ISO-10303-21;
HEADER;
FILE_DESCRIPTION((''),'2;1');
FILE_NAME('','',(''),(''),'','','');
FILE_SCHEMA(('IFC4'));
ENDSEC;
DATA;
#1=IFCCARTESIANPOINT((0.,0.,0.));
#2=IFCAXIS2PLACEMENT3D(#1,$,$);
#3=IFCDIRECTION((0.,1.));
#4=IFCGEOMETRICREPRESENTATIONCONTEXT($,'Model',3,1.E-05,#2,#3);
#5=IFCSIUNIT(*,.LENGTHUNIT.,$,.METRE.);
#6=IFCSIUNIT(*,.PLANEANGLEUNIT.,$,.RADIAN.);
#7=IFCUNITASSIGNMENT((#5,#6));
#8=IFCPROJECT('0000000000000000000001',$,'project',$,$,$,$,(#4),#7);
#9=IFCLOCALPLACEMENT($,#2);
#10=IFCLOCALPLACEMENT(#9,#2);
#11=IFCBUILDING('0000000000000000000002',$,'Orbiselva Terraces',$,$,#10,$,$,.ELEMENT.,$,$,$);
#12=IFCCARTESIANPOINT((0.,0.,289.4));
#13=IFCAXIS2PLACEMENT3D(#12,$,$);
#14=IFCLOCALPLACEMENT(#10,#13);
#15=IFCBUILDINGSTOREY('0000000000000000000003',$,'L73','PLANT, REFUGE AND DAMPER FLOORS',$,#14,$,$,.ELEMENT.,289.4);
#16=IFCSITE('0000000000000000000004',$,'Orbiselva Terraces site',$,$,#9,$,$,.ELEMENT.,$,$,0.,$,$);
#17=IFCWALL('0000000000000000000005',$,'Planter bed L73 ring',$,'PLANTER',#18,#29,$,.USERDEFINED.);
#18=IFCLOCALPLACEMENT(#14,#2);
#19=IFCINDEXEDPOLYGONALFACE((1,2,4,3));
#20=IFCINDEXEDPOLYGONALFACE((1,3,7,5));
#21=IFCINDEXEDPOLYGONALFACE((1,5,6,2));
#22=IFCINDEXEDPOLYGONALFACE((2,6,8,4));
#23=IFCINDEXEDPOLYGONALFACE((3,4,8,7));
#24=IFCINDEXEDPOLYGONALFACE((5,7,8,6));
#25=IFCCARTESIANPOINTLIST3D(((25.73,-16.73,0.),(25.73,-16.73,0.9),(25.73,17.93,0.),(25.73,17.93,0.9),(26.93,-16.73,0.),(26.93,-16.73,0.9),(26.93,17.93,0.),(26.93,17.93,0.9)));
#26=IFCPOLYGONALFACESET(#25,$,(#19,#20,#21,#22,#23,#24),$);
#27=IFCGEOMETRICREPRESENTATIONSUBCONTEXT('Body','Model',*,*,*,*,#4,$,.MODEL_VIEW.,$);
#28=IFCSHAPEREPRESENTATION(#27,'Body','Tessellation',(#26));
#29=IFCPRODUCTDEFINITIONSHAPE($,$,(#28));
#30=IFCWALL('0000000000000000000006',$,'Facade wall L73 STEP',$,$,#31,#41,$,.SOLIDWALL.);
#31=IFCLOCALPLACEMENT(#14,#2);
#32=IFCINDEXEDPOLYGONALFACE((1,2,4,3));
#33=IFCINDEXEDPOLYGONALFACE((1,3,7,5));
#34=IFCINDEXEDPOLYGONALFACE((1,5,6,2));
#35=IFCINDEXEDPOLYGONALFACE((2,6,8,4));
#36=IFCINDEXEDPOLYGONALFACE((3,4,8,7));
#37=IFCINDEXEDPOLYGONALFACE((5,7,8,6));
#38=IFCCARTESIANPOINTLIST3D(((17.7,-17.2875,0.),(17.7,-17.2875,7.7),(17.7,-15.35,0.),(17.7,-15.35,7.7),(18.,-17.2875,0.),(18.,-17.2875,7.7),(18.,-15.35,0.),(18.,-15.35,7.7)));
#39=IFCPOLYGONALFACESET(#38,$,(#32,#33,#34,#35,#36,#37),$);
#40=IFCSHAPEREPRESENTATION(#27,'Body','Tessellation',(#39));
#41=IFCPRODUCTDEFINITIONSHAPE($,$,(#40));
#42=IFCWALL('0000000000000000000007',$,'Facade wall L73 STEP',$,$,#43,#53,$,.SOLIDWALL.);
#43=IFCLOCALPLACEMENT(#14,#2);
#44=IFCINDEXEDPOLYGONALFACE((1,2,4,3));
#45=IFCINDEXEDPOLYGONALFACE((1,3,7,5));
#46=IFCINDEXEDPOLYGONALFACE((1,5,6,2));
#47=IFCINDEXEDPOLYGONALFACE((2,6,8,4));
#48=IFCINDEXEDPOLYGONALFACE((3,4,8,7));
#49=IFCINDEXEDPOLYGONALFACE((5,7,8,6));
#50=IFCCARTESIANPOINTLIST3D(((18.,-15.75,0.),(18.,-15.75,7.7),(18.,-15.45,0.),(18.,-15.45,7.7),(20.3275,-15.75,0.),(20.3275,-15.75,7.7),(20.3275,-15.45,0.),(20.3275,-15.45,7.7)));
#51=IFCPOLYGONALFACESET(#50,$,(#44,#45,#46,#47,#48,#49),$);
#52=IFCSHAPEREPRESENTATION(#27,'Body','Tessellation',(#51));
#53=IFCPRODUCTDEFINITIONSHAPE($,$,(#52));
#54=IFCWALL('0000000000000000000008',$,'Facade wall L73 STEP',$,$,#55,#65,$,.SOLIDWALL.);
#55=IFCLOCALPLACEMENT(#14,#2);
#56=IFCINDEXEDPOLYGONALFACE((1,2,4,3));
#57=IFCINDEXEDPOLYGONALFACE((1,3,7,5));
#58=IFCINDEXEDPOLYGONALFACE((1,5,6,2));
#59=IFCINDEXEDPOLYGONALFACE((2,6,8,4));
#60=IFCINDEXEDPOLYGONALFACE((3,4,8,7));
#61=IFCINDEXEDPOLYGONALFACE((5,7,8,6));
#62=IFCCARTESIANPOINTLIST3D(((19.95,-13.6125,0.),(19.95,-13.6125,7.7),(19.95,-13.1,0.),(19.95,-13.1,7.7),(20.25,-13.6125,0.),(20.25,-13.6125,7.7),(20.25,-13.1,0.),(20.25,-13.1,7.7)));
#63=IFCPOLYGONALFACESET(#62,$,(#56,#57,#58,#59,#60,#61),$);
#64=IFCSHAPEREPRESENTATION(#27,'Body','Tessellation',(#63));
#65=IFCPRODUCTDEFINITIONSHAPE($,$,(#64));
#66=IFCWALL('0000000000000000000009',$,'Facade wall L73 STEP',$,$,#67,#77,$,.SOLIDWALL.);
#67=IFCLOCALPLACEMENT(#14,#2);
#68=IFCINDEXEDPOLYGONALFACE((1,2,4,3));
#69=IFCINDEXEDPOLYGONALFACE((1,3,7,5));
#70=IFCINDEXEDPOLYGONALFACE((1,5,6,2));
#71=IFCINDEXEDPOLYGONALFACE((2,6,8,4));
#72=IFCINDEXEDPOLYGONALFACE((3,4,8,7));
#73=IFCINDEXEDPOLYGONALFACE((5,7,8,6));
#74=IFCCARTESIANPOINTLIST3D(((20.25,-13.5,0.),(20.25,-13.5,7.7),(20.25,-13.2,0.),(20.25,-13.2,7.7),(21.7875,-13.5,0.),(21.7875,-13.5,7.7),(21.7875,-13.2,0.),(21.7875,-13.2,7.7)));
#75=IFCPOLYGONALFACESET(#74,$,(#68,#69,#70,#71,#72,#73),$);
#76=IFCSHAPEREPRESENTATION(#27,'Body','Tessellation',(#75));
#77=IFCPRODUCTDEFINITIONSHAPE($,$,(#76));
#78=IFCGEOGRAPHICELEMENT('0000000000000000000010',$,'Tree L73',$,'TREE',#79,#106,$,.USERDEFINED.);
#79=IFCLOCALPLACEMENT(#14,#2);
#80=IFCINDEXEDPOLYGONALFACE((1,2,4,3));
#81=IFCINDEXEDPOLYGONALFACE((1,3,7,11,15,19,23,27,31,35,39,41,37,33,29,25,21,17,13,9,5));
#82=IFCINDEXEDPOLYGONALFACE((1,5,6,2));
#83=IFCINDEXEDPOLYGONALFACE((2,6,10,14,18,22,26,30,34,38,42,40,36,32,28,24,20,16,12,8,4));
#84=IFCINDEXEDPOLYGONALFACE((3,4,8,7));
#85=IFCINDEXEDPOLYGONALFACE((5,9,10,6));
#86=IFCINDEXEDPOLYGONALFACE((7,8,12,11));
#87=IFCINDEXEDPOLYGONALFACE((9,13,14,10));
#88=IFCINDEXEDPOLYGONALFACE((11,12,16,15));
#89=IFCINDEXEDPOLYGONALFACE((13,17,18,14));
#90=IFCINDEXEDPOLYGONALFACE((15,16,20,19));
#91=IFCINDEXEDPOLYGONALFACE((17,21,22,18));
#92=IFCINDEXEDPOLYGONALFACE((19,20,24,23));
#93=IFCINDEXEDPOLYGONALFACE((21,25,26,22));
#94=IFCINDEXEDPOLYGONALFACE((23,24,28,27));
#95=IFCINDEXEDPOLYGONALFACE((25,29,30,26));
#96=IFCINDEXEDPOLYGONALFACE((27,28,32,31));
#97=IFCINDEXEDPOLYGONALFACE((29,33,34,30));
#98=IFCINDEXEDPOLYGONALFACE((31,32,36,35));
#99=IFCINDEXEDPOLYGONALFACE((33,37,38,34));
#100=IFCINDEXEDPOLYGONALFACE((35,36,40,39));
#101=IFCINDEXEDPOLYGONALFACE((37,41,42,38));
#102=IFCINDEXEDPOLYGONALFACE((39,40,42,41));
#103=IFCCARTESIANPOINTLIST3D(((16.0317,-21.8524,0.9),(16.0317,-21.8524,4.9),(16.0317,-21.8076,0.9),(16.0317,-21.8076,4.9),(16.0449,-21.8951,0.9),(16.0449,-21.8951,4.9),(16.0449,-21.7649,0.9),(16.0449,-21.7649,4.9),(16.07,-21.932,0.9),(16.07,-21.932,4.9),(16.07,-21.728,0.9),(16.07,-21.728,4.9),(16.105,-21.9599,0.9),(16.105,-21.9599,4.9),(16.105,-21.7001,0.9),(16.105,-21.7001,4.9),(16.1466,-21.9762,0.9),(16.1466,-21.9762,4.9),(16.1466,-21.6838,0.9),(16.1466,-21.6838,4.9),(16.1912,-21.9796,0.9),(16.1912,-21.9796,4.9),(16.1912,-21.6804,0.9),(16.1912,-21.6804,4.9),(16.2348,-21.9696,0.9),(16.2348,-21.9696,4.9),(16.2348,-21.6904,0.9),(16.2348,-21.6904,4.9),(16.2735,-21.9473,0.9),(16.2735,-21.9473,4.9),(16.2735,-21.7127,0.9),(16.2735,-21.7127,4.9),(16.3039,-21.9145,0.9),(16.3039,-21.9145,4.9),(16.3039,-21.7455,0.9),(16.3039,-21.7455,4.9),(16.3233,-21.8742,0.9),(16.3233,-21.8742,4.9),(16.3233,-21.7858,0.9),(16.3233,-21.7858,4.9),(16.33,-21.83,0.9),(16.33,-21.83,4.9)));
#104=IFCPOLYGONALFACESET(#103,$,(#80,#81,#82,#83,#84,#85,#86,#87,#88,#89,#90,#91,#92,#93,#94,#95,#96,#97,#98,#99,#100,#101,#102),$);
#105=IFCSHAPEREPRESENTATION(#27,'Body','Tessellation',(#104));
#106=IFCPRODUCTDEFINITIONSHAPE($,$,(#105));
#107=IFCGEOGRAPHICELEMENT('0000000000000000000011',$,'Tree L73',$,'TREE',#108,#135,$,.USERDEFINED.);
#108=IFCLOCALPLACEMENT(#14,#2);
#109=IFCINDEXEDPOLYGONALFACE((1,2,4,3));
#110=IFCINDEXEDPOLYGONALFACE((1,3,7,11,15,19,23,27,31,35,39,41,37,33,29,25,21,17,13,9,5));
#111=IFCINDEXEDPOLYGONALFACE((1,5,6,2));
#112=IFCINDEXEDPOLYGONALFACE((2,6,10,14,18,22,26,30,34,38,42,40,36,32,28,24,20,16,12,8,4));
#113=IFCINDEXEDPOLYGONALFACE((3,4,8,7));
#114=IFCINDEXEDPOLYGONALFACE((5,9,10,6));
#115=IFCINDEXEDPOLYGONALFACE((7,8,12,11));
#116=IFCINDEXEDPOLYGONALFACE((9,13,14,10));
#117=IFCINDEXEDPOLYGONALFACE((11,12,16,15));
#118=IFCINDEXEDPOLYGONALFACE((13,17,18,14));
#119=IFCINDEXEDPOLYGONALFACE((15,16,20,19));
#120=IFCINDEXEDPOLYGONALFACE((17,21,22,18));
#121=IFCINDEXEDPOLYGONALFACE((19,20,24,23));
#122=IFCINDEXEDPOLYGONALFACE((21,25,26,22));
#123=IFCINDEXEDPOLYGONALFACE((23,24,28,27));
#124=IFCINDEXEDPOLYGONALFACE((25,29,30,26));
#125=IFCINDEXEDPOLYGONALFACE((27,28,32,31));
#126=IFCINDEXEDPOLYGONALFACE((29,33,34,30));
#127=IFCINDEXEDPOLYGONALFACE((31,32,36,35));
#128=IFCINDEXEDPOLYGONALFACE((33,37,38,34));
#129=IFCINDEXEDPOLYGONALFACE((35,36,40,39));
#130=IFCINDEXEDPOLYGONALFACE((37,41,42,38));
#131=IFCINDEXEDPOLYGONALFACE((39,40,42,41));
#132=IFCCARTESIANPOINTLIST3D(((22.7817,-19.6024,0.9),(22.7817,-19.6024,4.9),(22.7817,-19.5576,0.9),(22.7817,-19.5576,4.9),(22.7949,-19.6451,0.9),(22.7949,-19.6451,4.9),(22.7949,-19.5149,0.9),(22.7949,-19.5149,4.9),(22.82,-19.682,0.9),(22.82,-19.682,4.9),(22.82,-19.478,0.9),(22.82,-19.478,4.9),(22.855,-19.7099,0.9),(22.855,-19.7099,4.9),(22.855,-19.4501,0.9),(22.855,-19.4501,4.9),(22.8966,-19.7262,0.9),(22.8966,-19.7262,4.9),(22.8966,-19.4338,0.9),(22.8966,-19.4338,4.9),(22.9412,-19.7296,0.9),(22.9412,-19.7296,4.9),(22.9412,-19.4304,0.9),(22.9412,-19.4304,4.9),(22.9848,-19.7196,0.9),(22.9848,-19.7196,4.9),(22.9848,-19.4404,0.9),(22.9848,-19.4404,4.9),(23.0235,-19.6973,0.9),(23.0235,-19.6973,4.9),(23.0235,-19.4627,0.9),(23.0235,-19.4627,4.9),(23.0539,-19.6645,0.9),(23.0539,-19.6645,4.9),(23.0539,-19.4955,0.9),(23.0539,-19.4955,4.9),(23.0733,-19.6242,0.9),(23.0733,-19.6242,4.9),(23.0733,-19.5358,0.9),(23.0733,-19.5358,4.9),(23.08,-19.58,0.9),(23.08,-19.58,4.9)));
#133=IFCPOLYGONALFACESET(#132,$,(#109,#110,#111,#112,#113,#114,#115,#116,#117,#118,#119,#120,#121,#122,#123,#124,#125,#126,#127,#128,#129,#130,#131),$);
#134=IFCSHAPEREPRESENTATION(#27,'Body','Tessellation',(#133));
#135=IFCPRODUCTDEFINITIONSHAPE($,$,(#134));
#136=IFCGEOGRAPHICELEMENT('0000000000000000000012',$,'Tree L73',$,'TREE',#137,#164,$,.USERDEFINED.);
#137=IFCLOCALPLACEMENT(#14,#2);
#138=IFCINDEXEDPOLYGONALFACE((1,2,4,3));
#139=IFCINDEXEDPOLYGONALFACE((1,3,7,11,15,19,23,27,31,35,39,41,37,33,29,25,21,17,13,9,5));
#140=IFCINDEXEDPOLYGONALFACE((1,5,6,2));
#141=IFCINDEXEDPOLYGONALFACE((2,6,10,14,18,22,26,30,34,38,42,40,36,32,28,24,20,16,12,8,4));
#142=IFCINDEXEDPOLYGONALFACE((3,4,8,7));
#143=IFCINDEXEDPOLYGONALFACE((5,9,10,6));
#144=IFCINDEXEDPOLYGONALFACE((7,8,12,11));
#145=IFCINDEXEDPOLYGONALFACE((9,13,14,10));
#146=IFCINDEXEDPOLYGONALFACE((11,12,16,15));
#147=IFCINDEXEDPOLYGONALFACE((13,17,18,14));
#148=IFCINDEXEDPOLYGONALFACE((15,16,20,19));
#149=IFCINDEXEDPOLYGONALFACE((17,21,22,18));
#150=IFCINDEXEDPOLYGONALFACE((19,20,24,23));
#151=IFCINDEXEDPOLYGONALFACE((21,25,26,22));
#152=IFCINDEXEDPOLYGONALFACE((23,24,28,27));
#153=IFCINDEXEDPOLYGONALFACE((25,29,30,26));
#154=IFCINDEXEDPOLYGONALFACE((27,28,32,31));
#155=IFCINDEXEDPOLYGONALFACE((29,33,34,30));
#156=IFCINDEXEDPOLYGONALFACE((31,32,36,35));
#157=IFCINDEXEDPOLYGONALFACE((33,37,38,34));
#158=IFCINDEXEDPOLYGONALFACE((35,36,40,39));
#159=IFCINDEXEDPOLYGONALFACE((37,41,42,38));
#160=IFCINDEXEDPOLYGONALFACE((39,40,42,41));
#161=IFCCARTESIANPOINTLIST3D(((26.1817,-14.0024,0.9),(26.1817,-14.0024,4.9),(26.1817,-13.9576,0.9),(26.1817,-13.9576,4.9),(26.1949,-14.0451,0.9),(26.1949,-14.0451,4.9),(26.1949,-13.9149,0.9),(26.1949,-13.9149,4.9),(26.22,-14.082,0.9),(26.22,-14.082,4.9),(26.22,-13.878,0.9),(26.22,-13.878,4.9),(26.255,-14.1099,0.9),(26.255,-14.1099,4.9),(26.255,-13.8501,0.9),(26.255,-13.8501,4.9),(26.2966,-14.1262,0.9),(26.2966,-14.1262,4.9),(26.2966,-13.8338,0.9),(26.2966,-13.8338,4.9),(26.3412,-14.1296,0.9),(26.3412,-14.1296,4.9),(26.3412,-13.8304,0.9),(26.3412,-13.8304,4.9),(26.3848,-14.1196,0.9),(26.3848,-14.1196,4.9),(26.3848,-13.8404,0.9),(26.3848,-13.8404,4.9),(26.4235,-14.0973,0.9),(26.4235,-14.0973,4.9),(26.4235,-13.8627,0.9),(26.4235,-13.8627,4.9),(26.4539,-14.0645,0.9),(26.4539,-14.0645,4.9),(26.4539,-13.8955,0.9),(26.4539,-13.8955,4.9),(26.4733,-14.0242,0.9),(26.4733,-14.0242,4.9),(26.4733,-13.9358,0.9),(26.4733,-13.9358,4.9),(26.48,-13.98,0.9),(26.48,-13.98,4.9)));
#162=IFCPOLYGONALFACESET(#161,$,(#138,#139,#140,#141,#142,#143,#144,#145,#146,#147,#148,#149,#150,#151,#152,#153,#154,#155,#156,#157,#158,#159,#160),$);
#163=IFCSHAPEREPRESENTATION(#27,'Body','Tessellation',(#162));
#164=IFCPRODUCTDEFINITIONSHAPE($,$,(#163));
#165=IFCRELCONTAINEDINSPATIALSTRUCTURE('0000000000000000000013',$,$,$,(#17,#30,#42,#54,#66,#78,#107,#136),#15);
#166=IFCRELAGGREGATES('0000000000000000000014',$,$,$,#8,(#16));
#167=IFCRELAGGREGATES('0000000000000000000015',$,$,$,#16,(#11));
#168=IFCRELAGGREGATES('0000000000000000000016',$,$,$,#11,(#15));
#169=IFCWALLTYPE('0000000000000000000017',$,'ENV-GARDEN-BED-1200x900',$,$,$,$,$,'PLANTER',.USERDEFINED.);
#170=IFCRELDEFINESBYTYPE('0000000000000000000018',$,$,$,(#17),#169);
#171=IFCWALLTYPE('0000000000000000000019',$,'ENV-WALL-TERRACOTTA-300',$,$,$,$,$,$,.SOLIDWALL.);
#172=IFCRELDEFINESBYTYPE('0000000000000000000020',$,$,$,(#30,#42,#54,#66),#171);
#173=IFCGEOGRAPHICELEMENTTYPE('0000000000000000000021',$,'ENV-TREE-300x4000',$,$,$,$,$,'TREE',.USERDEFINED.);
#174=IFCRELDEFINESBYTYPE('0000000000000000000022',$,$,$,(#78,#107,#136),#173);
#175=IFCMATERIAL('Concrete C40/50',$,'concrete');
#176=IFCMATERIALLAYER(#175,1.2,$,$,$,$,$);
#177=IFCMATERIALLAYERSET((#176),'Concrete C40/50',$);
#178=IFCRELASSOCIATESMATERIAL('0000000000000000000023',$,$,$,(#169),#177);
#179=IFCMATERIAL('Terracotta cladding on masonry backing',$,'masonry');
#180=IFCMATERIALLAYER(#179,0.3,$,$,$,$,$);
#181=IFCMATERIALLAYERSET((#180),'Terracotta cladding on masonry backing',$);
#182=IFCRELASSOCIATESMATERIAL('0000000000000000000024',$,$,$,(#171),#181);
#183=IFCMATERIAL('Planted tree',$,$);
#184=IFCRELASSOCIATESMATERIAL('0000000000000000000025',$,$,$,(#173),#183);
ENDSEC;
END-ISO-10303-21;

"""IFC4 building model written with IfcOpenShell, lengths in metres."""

from ifc_helpers import new_model, si_unit, direction, frame, frame_2d, origin, origin_2d, place, context, subcontext, project, spatial, rectangle, circle, extrude, material, layer, layer_set, type_object, element, save


model = new_model("IFC4")

# Units and contexts
model_context = context("Model", 3, precision=1e-05, world=origin(), true_north=direction((0.0, 1.0)))
body_context = subcontext(model_context, "Body", "Model", "MODEL_VIEW")
ifc_project = project(units=[si_unit("LENGTHUNIT", "METRE"), si_unit("PLANEANGLEUNIT", "RADIAN")], contexts=[model_context])

# Site, building, storey
site_placement = place(None, origin())
site = spatial("IfcSite", under=ifc_project, at=site_placement, Name="Orbiselva Terraces site", CompositionType="ELEMENT", RefElevation=0.0)
building_placement = place(site_placement, origin())
building = spatial("IfcBuilding", under=site, at=building_placement, Name="Orbiselva Terraces", CompositionType="ELEMENT")
storey_placement = place(building_placement, frame((0.0, 0.0, 289.4)))
storey = spatial("IfcBuildingStorey", under=building, at=storey_placement, Name="L73", Description="PLANT, REFUGE AND DAMPER FLOORS", CompositionType="ELEMENT", Elevation=289.4)

# Walls
ifc_material_1 = material(Name="Concrete C40/50", Category="concrete")
ifc_layer_1 = layer(ifc_material_1, 1.2)
ifc_layer_set_1 = layer_set([ifc_layer_1], Name="Concrete C40/50")
wall_type_1 = type_object("IfcWallType", Name="ENV-GARDEN-BED-1200x900", ElementType="PLANTER", PredefinedType="USERDEFINED", material=ifc_layer_set_1)
wall_1_placement = place(storey_placement, frame((26.33, -16.73, 0.0), z_axis=(0.0, 0.0, 1.0), x_axis=(0.0, 1.0, 0.0)))
element("IfcWall", 1, at=wall_1_placement, inside=storey, type_object=wall_type_1, Name="Planter bed L73 ring", ObjectType="PLANTER", PredefinedType="USERDEFINED", context=body_context, shape_type="SweptSolid", body=[
    extrude(rectangle(XDim=34.66, YDim=1.2, at=frame_2d((17.33, 0.0))), origin(), (0.0, 0.0, 1.0), 0.9),
])
ifc_material_2 = material(Name="Terracotta cladding on masonry backing", Category="masonry")
ifc_layer_2 = layer(ifc_material_2, 0.3)
ifc_layer_set_2 = layer_set([ifc_layer_2], Name="Terracotta cladding on masonry backing")
wall_type_2 = type_object("IfcWallType", Name="ENV-WALL-TERRACOTTA-300", PredefinedType="SOLIDWALL", material=ifc_layer_set_2)
wall_2_placement = place(storey_placement, frame((17.85, -15.35, 0.0), z_axis=(0.0, 0.0, 1.0), x_axis=(0.0, -1.0, 0.0)))
element("IfcWall", 2, at=wall_2_placement, inside=storey, type_object=wall_type_2, Name="Facade wall L73 STEP", PredefinedType="SOLIDWALL", context=body_context, shape_type="SweptSolid", body=[
    extrude(rectangle(XDim=1.9375, YDim=0.3, at=frame_2d((0.9688, 0.0))), origin(), (0.0, 0.0, 1.0), 7.7),
])
wall_3_placement = place(storey_placement, frame((20.3275, -15.6, 0.0), z_axis=(0.0, 0.0, 1.0), x_axis=(-1.0, 0.0, 0.0)))
element("IfcWall", 3, at=wall_3_placement, inside=storey, type_object=wall_type_2, Name="Facade wall L73 STEP", PredefinedType="SOLIDWALL", context=body_context, shape_type="SweptSolid", body=[
    extrude(rectangle(XDim=2.3275, YDim=0.3, at=frame_2d((1.1638, 0.0))), origin(), (0.0, 0.0, 1.0), 7.7),
])
wall_4_placement = place(storey_placement, frame((20.1, -13.1, 0.0), z_axis=(0.0, 0.0, 1.0), x_axis=(0.0, -1.0, 0.0)))
element("IfcWall", 4, at=wall_4_placement, inside=storey, type_object=wall_type_2, Name="Facade wall L73 STEP", PredefinedType="SOLIDWALL", context=body_context, shape_type="SweptSolid", body=[
    extrude(rectangle(XDim=0.5125, YDim=0.3, at=frame_2d((0.2562, 0.0))), origin(), (0.0, 0.0, 1.0), 7.7),
])
wall_5_placement = place(storey_placement, frame((21.7875, -13.35, 0.0), z_axis=(0.0, 0.0, 1.0), x_axis=(-1.0, 0.0, 0.0)))
element("IfcWall", 5, at=wall_5_placement, inside=storey, type_object=wall_type_2, Name="Facade wall L73 STEP", PredefinedType="SOLIDWALL", context=body_context, shape_type="SweptSolid", body=[
    extrude(rectangle(XDim=1.5375, YDim=0.3, at=frame_2d((0.7688, 0.0))), origin(), (0.0, 0.0, 1.0), 7.7),
])

# Geographic elements
ifc_material_3 = material(Name="Planted tree")
geographic_element_type = type_object("IfcGeographicElementType", Name="ENV-TREE-300x4000", ElementType="TREE", PredefinedType="USERDEFINED", material=ifc_material_3)
for number, where, z_axis, x_axis, name in (
    (6, (16.18, -21.83, 4.9), (0.0, 0.0, -1.0), (1.0, 0.0, 0.0), "Tree L73"),
    (7, (22.93, -19.58, 4.9), (0.0, 0.0, -1.0), (1.0, 0.0, 0.0), "Tree L73"),
    (8, (26.33, -13.98, 4.9), (0.0, 0.0, -1.0), (1.0, 0.0, 0.0), "Tree L73"),
):
    element("IfcGeographicElement", number, at=place(storey_placement, frame(where, z_axis=z_axis, x_axis=x_axis)), inside=storey, type_object=geographic_element_type, Name=name, ObjectType="TREE", PredefinedType="USERDEFINED", context=body_context, shape_type="SweptSolid", body=[
        extrude(circle(Radius=0.15, at=origin_2d()), origin(), (0.0, 0.0, 1.0), 4.0),
    ])

save(model, "model.ifc")
